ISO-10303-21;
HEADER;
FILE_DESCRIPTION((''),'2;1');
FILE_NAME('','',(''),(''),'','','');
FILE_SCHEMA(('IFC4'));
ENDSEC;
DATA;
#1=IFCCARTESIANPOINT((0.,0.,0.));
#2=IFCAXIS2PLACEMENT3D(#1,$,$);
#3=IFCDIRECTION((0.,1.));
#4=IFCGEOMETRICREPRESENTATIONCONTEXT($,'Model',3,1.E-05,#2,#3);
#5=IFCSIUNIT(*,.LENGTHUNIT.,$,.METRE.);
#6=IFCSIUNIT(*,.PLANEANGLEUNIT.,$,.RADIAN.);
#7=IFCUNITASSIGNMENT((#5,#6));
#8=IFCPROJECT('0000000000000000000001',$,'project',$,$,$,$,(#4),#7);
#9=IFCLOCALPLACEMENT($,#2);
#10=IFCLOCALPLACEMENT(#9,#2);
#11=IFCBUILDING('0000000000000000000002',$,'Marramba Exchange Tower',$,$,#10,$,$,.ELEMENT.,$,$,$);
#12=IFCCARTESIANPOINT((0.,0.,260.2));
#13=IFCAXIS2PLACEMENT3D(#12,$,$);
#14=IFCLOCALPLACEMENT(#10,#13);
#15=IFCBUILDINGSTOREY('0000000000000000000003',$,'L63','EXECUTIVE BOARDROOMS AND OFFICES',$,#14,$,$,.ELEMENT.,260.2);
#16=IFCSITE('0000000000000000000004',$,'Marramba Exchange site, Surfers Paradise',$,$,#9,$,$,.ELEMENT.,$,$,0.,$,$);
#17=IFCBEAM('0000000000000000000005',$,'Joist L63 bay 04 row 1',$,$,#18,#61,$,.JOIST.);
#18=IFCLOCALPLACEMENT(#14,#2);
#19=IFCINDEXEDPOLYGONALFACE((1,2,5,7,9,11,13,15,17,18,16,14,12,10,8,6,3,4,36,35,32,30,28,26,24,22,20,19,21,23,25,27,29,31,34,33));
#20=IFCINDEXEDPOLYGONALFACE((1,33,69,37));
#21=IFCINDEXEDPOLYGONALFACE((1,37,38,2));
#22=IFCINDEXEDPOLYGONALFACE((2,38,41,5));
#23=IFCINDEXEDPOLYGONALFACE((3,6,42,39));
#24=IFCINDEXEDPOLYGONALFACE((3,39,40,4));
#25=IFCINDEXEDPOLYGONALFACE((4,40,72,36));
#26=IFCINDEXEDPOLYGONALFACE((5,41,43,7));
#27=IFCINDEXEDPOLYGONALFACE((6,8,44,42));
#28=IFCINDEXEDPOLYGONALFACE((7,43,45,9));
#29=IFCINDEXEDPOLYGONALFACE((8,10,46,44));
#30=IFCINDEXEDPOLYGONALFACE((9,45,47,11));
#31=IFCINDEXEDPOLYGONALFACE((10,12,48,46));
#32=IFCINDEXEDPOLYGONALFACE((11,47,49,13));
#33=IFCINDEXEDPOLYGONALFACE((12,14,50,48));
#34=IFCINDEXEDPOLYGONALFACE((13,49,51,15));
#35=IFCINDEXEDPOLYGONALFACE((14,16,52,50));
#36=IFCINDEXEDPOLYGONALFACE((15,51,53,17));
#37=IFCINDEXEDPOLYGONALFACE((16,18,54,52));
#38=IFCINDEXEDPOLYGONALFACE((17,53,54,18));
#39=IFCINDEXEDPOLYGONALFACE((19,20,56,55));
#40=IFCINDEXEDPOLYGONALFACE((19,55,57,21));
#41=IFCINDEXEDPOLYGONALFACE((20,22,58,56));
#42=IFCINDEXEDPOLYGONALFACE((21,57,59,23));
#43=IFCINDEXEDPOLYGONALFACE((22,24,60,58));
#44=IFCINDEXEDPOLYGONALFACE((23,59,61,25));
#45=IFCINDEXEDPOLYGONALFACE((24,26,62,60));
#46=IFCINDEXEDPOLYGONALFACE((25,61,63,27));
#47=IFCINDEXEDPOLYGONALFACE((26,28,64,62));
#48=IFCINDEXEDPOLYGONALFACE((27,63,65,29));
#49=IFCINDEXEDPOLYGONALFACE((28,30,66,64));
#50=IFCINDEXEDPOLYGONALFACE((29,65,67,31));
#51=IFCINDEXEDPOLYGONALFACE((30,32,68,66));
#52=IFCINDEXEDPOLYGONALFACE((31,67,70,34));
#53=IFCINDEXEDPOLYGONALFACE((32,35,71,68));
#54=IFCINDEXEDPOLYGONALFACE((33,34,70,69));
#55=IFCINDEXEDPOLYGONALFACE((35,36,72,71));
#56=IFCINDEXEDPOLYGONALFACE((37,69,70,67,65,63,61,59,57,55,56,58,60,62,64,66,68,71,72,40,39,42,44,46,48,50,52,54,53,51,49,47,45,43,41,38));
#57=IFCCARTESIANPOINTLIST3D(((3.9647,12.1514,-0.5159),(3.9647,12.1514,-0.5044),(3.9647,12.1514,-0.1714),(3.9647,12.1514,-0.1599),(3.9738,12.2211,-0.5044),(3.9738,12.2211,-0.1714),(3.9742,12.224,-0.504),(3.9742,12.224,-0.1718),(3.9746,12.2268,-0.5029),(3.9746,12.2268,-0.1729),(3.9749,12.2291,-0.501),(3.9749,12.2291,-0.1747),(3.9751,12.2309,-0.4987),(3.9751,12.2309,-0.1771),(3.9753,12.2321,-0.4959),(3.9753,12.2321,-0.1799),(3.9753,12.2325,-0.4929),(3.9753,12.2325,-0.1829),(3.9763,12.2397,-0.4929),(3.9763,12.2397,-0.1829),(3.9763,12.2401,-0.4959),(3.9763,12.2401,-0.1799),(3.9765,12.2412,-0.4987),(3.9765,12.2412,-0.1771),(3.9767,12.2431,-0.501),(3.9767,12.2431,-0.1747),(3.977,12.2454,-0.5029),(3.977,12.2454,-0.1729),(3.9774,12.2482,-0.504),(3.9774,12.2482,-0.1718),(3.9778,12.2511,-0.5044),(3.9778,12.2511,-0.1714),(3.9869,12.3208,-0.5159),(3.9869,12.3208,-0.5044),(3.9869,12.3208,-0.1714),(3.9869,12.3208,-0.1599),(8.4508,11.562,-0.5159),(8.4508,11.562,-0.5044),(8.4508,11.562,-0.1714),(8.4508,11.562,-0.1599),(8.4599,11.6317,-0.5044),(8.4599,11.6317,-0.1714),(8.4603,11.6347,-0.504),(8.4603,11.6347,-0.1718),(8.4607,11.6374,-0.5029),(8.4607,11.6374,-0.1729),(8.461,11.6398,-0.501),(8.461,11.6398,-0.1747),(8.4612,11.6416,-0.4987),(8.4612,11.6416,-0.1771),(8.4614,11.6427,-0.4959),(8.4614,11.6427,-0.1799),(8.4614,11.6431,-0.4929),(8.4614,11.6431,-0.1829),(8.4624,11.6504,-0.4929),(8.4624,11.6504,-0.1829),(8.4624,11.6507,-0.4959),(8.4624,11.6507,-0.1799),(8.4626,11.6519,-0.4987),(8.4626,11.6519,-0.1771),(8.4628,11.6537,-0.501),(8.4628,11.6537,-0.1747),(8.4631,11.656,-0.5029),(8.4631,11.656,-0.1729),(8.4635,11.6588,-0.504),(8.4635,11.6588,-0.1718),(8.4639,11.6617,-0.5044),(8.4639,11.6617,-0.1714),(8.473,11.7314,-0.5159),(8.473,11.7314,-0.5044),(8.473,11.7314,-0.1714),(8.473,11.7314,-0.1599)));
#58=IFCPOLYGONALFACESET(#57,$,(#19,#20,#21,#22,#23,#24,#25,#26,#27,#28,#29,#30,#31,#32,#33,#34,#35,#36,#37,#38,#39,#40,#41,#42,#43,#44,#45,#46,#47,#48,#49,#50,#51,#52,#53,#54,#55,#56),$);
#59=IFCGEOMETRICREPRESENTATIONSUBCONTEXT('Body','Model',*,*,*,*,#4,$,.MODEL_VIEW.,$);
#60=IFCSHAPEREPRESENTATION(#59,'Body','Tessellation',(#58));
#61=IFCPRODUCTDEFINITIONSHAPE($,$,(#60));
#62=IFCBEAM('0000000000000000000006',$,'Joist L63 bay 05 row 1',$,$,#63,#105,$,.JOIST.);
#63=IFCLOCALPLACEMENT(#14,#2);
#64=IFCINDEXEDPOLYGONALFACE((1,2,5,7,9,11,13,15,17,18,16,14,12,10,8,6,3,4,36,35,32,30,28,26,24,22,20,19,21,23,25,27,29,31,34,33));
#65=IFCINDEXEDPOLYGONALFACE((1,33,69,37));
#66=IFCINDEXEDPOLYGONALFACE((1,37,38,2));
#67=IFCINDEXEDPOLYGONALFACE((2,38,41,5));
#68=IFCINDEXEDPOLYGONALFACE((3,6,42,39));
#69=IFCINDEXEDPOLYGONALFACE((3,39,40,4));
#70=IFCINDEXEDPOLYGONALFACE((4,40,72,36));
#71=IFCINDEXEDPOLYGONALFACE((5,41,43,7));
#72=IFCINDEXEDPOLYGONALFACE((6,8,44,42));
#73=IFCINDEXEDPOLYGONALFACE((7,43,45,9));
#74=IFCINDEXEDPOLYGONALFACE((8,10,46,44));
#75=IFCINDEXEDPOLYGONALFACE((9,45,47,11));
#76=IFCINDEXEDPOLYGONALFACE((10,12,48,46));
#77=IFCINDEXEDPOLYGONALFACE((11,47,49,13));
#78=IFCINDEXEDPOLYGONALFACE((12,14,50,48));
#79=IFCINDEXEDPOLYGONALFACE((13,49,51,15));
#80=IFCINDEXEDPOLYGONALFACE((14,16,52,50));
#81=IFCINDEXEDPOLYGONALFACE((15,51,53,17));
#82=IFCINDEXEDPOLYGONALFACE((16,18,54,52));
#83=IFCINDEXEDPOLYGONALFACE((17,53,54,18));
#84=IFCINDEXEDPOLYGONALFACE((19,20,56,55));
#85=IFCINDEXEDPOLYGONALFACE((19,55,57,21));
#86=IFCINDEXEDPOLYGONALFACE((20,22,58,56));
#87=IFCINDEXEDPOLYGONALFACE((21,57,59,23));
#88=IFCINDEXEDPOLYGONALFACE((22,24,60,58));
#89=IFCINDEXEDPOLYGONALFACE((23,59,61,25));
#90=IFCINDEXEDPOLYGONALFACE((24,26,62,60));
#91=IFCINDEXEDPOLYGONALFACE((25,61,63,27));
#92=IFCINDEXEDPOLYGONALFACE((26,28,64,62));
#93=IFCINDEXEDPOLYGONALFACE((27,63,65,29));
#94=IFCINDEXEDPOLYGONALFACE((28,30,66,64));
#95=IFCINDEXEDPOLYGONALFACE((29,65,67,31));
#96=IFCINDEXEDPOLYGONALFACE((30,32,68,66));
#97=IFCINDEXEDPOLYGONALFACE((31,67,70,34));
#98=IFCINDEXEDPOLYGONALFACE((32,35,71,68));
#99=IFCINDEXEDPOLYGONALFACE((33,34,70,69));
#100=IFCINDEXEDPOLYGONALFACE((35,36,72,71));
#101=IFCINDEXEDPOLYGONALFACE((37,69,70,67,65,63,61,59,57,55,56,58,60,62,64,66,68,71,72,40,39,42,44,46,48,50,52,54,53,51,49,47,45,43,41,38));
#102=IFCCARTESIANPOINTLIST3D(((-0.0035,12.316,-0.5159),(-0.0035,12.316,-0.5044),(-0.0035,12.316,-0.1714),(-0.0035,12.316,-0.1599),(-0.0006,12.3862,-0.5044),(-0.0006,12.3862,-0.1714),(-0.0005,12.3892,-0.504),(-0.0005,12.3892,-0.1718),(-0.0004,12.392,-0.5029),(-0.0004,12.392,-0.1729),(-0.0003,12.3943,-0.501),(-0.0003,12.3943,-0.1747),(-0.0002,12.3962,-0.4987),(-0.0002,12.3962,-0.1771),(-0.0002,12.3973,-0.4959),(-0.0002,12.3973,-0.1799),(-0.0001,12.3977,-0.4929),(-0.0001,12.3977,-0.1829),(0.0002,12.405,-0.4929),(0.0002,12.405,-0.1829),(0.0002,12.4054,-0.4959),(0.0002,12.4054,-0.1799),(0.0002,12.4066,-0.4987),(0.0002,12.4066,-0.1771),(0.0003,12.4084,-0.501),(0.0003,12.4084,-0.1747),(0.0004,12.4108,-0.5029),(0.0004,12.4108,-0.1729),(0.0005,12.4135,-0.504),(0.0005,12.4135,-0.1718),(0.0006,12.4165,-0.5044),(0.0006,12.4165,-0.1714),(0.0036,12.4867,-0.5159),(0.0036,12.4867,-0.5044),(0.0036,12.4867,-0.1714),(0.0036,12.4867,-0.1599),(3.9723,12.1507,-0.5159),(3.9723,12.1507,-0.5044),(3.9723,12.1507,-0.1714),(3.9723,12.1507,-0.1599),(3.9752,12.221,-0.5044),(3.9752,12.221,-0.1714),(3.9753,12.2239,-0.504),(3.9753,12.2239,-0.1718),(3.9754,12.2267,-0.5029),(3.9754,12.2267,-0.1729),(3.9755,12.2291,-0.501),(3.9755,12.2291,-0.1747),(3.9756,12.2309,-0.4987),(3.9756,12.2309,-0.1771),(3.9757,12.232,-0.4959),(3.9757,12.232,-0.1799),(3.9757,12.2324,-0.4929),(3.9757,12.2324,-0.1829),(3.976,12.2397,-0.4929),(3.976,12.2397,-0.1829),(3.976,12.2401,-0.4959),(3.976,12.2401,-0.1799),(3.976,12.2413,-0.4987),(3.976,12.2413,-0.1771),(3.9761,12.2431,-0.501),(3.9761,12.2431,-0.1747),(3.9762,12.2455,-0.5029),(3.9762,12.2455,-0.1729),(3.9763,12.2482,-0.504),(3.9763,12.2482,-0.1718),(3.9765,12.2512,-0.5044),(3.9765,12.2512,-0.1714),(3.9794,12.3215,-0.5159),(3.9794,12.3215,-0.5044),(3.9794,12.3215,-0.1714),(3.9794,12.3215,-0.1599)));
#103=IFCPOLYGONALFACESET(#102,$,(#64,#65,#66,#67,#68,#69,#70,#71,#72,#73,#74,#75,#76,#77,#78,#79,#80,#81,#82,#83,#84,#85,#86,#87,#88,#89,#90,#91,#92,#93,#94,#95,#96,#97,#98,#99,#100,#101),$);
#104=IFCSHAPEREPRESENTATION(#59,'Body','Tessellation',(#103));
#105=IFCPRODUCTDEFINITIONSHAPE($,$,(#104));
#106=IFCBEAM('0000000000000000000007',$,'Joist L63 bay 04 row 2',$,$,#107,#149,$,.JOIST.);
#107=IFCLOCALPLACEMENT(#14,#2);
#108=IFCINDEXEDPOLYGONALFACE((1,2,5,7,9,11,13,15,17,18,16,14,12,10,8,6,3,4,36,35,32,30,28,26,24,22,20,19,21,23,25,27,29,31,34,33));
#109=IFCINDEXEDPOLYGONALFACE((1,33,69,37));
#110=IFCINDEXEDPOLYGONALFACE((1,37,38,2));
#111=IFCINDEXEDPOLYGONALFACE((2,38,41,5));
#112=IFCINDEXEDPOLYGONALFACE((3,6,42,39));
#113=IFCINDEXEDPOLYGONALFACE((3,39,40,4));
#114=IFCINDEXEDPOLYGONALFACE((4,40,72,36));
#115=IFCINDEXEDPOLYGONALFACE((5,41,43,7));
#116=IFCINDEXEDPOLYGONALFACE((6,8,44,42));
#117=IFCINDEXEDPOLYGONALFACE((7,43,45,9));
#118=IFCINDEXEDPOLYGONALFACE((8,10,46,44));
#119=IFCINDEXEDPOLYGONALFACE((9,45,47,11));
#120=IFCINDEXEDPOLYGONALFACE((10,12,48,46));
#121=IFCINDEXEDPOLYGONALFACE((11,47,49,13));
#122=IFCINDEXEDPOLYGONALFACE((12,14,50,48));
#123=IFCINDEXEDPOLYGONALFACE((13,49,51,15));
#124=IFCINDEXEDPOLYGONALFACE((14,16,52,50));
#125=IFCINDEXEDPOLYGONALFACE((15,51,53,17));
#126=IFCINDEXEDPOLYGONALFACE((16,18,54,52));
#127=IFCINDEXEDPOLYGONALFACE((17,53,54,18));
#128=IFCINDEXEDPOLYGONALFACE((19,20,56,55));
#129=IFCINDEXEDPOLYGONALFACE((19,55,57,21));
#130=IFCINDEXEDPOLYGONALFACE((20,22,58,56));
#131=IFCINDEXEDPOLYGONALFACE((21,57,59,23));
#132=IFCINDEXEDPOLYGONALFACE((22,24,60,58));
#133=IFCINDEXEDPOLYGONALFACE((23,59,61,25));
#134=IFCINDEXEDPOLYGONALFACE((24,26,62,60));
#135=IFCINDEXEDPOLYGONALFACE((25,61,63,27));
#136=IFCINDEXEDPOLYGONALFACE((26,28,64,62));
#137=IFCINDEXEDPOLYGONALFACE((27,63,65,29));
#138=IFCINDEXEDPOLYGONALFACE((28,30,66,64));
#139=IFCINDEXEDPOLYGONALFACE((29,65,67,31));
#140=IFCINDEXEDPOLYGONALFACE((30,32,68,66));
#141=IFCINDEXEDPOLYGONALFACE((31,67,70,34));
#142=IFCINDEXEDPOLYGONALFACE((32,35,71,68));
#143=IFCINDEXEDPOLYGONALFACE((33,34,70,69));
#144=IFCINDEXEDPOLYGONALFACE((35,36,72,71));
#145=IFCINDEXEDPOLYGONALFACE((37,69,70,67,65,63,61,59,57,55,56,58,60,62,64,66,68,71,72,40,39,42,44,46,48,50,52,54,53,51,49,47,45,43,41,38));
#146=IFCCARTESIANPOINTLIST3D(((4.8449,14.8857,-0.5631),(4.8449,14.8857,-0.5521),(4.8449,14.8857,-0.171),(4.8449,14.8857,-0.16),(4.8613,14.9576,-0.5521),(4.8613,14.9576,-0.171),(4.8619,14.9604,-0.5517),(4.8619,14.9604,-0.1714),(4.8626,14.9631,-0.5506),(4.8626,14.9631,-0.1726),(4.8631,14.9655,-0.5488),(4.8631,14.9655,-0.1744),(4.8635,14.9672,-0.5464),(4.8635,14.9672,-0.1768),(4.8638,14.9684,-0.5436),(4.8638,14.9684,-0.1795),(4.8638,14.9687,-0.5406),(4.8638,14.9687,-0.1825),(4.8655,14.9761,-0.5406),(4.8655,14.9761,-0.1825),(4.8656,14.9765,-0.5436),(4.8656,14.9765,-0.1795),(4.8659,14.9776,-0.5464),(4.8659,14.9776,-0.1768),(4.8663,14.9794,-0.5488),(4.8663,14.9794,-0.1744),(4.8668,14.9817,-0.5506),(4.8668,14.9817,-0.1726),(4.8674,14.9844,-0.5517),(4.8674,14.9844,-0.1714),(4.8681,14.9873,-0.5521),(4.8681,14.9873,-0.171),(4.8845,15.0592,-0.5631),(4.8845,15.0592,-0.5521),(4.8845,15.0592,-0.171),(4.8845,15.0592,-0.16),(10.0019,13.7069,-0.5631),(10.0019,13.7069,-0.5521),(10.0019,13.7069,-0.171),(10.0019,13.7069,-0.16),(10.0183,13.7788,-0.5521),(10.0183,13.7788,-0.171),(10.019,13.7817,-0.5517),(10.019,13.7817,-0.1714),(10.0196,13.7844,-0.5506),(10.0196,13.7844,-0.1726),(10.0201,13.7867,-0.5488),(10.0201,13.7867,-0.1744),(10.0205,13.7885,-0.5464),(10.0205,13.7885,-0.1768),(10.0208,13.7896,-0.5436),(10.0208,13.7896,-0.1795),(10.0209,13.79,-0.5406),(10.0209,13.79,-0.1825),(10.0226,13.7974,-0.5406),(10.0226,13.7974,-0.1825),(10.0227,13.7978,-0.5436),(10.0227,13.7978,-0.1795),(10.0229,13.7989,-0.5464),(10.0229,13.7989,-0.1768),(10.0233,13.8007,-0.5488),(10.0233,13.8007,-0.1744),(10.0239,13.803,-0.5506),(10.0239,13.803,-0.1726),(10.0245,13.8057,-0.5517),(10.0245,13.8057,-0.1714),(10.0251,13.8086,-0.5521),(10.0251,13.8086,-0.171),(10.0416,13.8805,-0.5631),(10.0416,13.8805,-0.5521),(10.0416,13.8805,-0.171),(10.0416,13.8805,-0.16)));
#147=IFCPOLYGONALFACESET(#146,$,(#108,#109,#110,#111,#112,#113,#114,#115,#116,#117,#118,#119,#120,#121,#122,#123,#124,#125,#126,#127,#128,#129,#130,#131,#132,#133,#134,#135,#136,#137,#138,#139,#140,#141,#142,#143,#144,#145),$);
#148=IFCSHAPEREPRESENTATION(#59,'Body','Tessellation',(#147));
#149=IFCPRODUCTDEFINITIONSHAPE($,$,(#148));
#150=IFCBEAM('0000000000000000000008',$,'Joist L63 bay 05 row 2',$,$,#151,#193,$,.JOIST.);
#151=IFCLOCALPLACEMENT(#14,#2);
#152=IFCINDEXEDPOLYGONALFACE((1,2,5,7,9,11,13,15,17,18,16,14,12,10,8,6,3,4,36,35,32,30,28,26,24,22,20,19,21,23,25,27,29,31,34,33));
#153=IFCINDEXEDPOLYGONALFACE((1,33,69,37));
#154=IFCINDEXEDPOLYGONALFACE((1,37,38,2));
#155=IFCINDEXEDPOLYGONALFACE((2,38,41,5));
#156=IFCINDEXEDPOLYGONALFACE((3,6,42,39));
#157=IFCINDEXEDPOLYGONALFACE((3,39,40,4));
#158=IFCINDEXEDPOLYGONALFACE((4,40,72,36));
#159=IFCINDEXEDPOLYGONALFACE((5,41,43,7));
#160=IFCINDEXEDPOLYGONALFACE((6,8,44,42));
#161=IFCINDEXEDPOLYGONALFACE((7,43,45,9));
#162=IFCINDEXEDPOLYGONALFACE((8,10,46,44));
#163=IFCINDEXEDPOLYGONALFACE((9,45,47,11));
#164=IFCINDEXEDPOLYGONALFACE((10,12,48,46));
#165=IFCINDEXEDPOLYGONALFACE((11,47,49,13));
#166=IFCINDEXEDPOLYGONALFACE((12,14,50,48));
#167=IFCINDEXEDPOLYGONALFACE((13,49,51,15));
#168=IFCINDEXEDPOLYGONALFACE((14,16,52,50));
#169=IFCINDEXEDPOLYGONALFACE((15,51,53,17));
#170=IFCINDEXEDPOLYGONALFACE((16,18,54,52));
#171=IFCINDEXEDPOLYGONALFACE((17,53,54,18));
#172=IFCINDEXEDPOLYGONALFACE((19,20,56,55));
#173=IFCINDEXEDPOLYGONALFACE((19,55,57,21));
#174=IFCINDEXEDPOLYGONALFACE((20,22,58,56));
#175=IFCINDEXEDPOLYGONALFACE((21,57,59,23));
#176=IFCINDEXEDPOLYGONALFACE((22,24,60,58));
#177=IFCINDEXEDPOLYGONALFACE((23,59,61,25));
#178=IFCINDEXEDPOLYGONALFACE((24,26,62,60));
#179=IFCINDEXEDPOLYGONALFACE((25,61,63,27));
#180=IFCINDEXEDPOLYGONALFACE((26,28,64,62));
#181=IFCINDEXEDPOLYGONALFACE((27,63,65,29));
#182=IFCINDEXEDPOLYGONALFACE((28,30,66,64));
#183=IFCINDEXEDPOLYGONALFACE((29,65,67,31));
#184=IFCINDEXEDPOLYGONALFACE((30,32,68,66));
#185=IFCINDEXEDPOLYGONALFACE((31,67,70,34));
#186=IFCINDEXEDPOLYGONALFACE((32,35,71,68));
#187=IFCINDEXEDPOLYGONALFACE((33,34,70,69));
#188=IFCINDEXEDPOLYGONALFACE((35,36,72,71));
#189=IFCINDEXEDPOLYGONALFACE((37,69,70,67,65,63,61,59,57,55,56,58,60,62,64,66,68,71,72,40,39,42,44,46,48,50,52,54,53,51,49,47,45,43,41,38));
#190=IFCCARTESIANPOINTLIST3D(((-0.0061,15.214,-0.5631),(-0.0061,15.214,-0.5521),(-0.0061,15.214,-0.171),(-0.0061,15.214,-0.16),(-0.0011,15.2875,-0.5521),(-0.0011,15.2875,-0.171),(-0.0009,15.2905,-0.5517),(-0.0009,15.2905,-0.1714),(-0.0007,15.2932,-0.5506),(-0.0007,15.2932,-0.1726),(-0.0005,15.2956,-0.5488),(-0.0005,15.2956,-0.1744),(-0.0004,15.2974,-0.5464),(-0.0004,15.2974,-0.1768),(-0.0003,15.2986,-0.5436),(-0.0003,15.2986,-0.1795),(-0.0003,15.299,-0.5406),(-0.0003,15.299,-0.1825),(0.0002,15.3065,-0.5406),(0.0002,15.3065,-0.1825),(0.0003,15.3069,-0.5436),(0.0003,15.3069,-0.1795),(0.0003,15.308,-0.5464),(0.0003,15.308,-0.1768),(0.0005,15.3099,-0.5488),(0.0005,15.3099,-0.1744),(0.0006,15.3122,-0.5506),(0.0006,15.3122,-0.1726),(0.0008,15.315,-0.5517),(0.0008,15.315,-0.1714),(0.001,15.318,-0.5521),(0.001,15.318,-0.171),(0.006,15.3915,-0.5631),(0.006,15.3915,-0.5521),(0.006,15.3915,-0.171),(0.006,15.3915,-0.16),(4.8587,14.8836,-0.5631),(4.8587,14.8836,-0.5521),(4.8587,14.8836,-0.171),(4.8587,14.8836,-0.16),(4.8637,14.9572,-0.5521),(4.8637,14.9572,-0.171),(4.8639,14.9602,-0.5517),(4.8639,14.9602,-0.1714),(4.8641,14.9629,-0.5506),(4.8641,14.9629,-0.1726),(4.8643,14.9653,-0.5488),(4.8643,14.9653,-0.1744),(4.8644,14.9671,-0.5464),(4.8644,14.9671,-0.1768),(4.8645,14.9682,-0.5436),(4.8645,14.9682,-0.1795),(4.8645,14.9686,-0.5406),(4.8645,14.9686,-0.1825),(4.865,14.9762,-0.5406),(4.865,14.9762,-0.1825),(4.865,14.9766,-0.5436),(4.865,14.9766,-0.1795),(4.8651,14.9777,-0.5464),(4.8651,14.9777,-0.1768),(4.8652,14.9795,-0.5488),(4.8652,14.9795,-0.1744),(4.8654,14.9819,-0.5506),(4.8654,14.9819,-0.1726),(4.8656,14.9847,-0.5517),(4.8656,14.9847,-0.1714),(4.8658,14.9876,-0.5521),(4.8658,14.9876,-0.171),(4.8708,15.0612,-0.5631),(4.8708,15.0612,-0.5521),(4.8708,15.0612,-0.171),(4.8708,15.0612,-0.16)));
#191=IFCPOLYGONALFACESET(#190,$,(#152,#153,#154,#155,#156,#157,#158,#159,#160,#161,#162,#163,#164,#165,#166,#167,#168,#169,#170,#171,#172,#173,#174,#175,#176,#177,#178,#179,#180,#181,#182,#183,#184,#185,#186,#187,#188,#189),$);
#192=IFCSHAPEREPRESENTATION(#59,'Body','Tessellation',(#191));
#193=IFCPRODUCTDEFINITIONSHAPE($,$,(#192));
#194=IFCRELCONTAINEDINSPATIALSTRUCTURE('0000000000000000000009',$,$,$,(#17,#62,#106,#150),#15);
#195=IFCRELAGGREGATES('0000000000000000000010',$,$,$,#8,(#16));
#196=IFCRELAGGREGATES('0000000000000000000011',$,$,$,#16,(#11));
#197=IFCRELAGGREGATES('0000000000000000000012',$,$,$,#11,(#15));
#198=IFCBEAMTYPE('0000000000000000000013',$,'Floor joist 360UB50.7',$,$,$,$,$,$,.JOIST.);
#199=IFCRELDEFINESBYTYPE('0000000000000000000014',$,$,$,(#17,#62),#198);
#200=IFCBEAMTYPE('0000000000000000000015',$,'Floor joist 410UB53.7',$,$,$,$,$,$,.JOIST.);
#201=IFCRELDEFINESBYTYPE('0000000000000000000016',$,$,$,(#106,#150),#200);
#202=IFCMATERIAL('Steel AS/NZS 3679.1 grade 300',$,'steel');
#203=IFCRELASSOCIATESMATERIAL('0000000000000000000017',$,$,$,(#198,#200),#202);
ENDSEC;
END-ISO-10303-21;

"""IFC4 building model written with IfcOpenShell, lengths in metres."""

from ifc_helpers import new_model, si_unit, direction, frame, origin, origin_2d, place, context, subcontext, project, spatial, i_section, extrude, material, material_profile, profile_set, type_object, element, save


model = new_model("IFC4")

# Units and contexts
model_context = context("Model", 3, precision=1e-05, world=origin(), true_north=direction((0.0, 1.0)))
body_context = subcontext(model_context, "Body", "Model", "MODEL_VIEW")
ifc_project = project(units=[si_unit("LENGTHUNIT", "METRE"), si_unit("PLANEANGLEUNIT", "RADIAN")], contexts=[model_context])

# Site, building, storey
site_placement = place(None, origin())
site = spatial("IfcSite", under=ifc_project, at=site_placement, Name="Marramba Exchange site, Surfers Paradise", CompositionType="ELEMENT", RefElevation=0.0)
building_placement = place(site_placement, origin())
building = spatial("IfcBuilding", under=site, at=building_placement, Name="Marramba Exchange Tower", CompositionType="ELEMENT")
storey_placement = place(building_placement, frame((0.0, 0.0, 260.2)))
storey = spatial("IfcBuildingStorey", under=building, at=storey_placement, Name="L63", Description="EXECUTIVE BOARDROOMS AND OFFICES", CompositionType="ELEMENT", Elevation=260.2)

# Beams
ifc_material_1 = material(Name="Steel AS/NZS 3679.1 grade 300", Category="steel")
ifc_material_profile_1 = material_profile(ifc_material_1, i_section(OverallWidth=0.1709, OverallDepth=0.356, WebThickness=0.0073, FlangeThickness=0.0115, FilletRadius=0.0115, at=origin_2d()), Name="360UB50.7")
ifc_profile_set_1 = profile_set([ifc_material_profile_1], Name="Steel AS/NZS 3679.1 grade 300")
beam_type_1 = type_object("IfcBeamType", Name="Floor joist 360UB50.7", PredefinedType="JOIST", material=ifc_profile_set_1)
beam_1_placement = place(storey_placement, frame((8.4619, 11.6467, -0.3379), z_axis=(-0.991481, 0.130255, 0.0), x_axis=(-0.130255, -0.991481, 0.0)))
element("IfcBeam", 1, at=beam_1_placement, inside=storey, type_object=beam_type_1, Name="Joist L63 bay 04 row 1", PredefinedType="JOIST", context=body_context, shape_type="SweptSolid", body=[
    extrude(i_section(OverallWidth=0.1709, OverallDepth=0.356, WebThickness=0.0073, FlangeThickness=0.0115, FilletRadius=0.0115, at=origin_2d()), origin(), (0.0, 0.0, 1.0), 4.5247),
])
beam_2_placement = place(storey_placement, frame((3.9758, 12.2361, -0.3379), z_axis=(-0.999137, 0.041536, 0.0), x_axis=(-0.041536, -0.999137, 0.0)))
element("IfcBeam", 2, at=beam_2_placement, inside=storey, type_object=beam_type_1, Name="Joist L63 bay 05 row 1", PredefinedType="JOIST", context=body_context, shape_type="SweptSolid", body=[
    extrude(i_section(OverallWidth=0.1709, OverallDepth=0.356, WebThickness=0.0073, FlangeThickness=0.0115, FilletRadius=0.0115, at=origin_2d()), origin(), (0.0, 0.0, 1.0), 3.9792),
])
ifc_material_profile_2 = material_profile(ifc_material_1, i_section(OverallWidth=0.178, OverallDepth=0.4031, WebThickness=0.0076, FlangeThickness=0.011, FilletRadius=0.0115, at=origin_2d()), Name="410UB53.7")
ifc_profile_set_2 = profile_set([ifc_material_profile_2], Name="Steel AS/NZS 3679.1 grade 300")
beam_type_2 = type_object("IfcBeamType", Name="Floor joist 410UB53.7", PredefinedType="JOIST", material=ifc_profile_set_2)
beam_3_placement = place(storey_placement, frame((10.0217, 13.7937, -0.3616), z_axis=(-0.97486, 0.22282, 0.0), x_axis=(-0.22282, -0.97486, 0.0)))
element("IfcBeam", 3, at=beam_3_placement, inside=storey, type_object=beam_type_2, Name="Joist L63 bay 04 row 2", PredefinedType="JOIST", context=body_context, shape_type="SweptSolid", body=[
    extrude(i_section(OverallWidth=0.178, OverallDepth=0.4031, WebThickness=0.0076, FlangeThickness=0.011, FilletRadius=0.0115, at=origin_2d()), origin(), (0.0, 0.0, 1.0), 5.29),
])
beam_4_placement = place(storey_placement, frame((4.8647, 14.9724, -0.3616), z_axis=(-0.997703, 0.067745, 0.0), x_axis=(-0.067745, -0.997703, 0.0)))
element("IfcBeam", 4, at=beam_4_placement, inside=storey, type_object=beam_type_2, Name="Joist L63 bay 05 row 2", PredefinedType="JOIST", context=body_context, shape_type="SweptSolid", body=[
    extrude(i_section(OverallWidth=0.178, OverallDepth=0.4031, WebThickness=0.0076, FlangeThickness=0.011, FilletRadius=0.0115, at=origin_2d()), origin(), (0.0, 0.0, 1.0), 4.876),
])

save(model, "model.ifc")
